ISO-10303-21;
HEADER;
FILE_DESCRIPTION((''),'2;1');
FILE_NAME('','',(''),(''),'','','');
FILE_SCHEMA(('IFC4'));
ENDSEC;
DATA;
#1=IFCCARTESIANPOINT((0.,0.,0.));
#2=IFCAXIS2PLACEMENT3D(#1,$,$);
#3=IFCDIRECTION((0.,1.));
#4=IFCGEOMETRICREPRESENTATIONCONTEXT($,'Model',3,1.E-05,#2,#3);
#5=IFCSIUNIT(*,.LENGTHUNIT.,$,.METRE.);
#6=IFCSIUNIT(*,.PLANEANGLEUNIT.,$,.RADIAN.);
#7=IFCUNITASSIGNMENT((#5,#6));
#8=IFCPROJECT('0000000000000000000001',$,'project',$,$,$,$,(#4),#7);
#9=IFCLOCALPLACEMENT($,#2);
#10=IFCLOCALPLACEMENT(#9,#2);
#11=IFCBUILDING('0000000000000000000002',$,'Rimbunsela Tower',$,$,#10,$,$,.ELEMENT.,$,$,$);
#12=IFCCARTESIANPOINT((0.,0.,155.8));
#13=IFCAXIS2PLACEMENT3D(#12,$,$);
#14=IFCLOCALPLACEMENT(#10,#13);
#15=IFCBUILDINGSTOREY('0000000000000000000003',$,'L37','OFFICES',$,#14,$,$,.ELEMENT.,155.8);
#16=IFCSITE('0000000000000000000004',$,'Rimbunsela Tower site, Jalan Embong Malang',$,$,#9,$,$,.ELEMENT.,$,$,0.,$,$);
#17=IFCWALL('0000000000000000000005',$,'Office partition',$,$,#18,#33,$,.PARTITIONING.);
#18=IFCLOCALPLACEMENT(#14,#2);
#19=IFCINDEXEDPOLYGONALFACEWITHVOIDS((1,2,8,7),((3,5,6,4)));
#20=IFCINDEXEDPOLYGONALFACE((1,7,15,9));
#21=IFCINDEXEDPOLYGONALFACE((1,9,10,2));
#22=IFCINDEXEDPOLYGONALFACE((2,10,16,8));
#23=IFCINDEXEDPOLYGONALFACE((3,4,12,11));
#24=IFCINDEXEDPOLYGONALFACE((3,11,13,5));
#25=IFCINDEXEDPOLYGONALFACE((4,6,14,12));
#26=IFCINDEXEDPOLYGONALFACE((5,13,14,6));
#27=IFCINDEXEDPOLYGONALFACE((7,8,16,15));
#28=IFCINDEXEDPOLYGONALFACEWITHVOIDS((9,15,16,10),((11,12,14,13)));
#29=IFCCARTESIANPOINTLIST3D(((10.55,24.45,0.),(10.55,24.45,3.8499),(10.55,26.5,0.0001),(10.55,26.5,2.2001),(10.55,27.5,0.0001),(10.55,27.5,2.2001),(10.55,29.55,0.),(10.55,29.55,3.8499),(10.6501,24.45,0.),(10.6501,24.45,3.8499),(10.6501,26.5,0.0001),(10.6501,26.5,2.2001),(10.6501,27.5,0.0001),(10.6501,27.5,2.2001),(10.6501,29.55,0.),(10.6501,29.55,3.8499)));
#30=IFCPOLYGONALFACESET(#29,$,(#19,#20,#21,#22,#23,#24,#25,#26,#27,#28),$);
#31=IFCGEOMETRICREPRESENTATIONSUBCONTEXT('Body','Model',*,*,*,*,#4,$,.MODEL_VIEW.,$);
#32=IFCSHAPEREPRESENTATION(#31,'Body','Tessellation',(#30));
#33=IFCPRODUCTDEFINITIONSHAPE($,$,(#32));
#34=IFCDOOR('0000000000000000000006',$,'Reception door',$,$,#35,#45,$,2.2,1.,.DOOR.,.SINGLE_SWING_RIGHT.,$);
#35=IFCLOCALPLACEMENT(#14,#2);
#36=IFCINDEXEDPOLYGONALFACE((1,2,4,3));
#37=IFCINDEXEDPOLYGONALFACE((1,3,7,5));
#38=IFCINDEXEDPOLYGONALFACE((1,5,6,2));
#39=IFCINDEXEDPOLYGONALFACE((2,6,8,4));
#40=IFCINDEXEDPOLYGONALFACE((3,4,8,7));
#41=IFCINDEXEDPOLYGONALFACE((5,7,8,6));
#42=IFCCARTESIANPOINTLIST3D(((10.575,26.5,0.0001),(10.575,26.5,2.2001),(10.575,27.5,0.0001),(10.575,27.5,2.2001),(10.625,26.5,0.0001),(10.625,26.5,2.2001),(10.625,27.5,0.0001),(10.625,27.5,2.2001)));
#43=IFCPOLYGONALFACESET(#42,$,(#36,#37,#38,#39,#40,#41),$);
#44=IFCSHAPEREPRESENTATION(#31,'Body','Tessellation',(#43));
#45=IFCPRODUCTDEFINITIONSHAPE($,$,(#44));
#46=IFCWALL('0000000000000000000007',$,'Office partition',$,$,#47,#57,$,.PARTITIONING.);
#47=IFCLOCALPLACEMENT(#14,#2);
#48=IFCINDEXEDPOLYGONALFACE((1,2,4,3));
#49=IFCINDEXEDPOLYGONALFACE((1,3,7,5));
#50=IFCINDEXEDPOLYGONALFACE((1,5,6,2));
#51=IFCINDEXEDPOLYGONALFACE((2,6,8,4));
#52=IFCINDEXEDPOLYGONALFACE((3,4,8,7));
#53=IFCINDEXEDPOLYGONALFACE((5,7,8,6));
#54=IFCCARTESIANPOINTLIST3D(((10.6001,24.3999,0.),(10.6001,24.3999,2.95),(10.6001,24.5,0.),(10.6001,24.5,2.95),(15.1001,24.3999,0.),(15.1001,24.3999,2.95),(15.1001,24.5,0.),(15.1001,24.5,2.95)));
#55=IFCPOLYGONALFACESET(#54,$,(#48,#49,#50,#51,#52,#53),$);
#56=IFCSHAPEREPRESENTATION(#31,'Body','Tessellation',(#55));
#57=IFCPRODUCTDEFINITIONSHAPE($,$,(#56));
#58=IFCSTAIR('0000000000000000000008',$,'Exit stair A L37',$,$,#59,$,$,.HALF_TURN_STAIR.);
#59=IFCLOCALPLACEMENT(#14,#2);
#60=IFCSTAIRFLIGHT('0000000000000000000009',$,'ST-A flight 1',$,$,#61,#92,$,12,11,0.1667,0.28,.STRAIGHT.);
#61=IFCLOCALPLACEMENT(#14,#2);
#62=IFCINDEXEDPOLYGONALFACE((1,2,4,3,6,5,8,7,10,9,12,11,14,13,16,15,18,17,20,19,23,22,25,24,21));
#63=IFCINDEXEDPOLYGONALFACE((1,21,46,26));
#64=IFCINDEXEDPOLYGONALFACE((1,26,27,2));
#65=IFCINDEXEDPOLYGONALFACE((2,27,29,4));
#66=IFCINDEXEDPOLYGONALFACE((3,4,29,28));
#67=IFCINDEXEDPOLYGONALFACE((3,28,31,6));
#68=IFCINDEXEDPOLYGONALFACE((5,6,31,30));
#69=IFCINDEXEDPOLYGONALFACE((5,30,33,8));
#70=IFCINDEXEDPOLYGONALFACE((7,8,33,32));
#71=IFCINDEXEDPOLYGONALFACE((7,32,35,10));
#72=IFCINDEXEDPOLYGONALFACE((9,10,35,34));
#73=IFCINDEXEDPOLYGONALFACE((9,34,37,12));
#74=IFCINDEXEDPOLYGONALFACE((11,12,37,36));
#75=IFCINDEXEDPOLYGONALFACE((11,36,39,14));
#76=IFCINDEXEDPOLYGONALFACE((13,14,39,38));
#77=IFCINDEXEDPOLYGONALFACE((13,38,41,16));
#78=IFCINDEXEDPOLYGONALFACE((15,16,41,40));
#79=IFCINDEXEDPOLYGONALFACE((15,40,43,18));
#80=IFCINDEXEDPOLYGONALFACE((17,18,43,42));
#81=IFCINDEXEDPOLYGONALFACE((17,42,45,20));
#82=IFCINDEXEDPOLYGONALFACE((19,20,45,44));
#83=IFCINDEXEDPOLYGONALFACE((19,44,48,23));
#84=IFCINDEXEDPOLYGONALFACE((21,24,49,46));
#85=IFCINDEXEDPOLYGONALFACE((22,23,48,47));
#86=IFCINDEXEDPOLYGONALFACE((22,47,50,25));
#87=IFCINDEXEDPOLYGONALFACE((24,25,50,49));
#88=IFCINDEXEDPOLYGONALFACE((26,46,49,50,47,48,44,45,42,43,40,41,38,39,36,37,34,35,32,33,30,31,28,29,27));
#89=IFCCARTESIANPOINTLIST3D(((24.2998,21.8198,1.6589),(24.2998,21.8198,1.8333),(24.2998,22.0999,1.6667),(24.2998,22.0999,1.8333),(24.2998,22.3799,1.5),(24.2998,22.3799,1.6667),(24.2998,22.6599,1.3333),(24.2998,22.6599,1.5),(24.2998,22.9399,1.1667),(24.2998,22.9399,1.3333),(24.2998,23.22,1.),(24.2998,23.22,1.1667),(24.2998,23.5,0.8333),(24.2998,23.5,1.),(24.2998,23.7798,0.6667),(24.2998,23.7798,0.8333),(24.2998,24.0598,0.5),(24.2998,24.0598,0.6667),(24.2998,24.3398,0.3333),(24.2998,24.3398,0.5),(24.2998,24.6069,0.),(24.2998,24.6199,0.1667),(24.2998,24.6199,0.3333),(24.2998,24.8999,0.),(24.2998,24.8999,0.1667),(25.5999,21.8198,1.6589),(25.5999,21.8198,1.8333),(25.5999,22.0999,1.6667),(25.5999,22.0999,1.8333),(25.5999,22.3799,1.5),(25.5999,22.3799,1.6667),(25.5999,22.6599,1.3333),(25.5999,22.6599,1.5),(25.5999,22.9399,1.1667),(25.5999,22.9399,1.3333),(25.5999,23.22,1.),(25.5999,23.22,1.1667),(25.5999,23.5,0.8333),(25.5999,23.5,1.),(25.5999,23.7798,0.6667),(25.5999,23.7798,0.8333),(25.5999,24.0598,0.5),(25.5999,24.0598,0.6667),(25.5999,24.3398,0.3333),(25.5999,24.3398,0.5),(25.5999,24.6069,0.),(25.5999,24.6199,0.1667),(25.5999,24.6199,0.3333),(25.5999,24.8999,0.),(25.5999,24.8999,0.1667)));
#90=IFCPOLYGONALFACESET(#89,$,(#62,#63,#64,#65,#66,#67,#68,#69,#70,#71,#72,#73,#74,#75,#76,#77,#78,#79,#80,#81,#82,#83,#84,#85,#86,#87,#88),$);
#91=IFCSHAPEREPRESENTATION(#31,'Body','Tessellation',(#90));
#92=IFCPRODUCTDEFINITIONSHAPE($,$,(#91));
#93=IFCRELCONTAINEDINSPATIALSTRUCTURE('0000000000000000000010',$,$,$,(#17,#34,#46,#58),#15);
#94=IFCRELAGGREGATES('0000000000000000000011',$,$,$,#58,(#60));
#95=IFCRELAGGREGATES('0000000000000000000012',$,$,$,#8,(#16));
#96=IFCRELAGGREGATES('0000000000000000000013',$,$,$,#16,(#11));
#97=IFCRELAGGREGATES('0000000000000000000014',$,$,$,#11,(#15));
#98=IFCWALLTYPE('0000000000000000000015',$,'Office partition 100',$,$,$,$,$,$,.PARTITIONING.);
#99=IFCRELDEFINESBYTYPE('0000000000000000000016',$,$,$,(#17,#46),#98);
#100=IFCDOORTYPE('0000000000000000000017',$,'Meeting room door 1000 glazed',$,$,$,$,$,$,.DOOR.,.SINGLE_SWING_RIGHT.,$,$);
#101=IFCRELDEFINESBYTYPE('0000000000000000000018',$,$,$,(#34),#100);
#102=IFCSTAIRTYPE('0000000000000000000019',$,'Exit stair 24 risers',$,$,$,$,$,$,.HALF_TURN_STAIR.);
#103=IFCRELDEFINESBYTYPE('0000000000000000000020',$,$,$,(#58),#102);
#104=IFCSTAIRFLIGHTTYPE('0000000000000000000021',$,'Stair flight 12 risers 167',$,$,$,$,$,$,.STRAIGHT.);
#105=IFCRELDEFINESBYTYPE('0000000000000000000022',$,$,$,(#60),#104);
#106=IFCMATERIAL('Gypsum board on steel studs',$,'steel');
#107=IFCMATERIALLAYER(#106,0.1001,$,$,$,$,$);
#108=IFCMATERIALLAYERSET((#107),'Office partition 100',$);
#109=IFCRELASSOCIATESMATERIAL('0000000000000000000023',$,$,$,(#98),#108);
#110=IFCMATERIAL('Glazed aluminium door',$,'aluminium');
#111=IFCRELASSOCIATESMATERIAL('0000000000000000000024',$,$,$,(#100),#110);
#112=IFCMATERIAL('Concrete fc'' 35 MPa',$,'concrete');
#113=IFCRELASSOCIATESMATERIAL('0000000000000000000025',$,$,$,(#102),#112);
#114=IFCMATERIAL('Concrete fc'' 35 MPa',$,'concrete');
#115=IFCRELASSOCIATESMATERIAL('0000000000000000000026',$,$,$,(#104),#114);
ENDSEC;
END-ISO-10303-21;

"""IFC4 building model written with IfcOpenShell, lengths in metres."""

from ifc_helpers import new_model, si_unit, direction, frame, frame_2d, origin, place, context, subcontext, project, spatial, polyline, rectangle, outline, extrude, material, layer, layer_set, type_object, element, fill, aggregate, save


model = new_model("IFC4")

# Units and contexts
model_context = context("Model", 3, precision=1e-05, world=origin(), true_north=direction((0.0, 1.0)))
body_context = subcontext(model_context, "Body", "Model", "MODEL_VIEW")
ifc_project = project(units=[si_unit("LENGTHUNIT", "METRE"), si_unit("PLANEANGLEUNIT", "RADIAN")], contexts=[model_context])

# Site, building, storey
site_placement = place(None, origin())
site = spatial("IfcSite", under=ifc_project, at=site_placement, Name="Rimbunsela Tower site, Jalan Embong Malang", CompositionType="ELEMENT", RefElevation=0.0)
building_placement = place(site_placement, origin())
building = spatial("IfcBuilding", under=site, at=building_placement, Name="Rimbunsela Tower", CompositionType="ELEMENT")
storey_placement = place(building_placement, frame((0.0, 0.0, 155.8)))
storey = spatial("IfcBuildingStorey", under=building, at=storey_placement, Name="L37", Description="OFFICES", CompositionType="ELEMENT", Elevation=155.8)

# Shared definitions
ifc_material_1 = material(Name="Gypsum board on steel studs", Category="steel")
ifc_layer_1 = layer(ifc_material_1, 0.1001)
ifc_layer_set_1 = layer_set([ifc_layer_1], Name="Office partition 100")
wall_type_1 = type_object("IfcWallType", Name="Office partition 100", PredefinedType="PARTITIONING", material=ifc_layer_set_1)

# Wall, opening, door
wall_1_placement = place(storey_placement, frame((10.6001, 29.55, 0.0), z_axis=(0.0, 0.0, 1.0), x_axis=(0.0, -1.0, 0.0)))
wall_1 = element("IfcWall", 1, at=wall_1_placement, inside=storey, type_object=wall_type_1, Name="Office partition", PredefinedType="PARTITIONING", context=body_context, shape_type="SweptSolid", body=[
    extrude(rectangle(XDim=5.1001, YDim=0.1001, at=frame_2d((2.55, 0.0))), origin(), (0.0, 0.0, 1.0), 3.8499),
])
opening_1_placement = place(wall_1_placement, frame((2.05, 0.0, 0.0)))
opening_1 = element("IfcOpeningElement", 2, at=opening_1_placement, cuts=wall_1, PredefinedType="OPENING", context=body_context, shape_type="SweptSolid", body=[
    extrude(rectangle(XDim=1.0, YDim=2.2, at=frame_2d((0.5, 1.1001))), frame((0.0, 0.0601, 0.0), z_axis=(0.0, -1.0, 0.0), x_axis=(1.0, 0.0, 0.0)), (0.0, 0.0, 1.0), 0.1201),
])
ifc_material_2 = material(Name="Glazed aluminium door", Category="aluminium")
door_type_1 = type_object("IfcDoorType", Name="Meeting room door 1000 glazed", OperationType="SINGLE_SWING_RIGHT", PredefinedType="DOOR", material=ifc_material_2)
door_1_placement = place(opening_1_placement, origin())
door_1 = element("IfcDoor", 3, at=door_1_placement, inside=storey, type_object=door_type_1, Name="Reception door", OperationType="SINGLE_SWING_RIGHT", OverallHeight=2.2, OverallWidth=1.0, PredefinedType="DOOR", context=body_context, shape_type="SweptSolid", body=[
    extrude(rectangle(XDim=1.0, YDim=2.2, at=frame_2d((0.5, 1.1001))), frame((0.0, 0.0249, 0.0), z_axis=(0.0, -1.0, 0.0), x_axis=(1.0, 0.0, 0.0)), (0.0, 0.0, 1.0), 0.05),
])
fill(opening_1, door_1)

# Wall
wall_2_placement = place(storey_placement, frame((10.6001, 24.45, 0.0), z_axis=(0.0, 0.0, 1.0), x_axis=(1.0, 0.0, 0.0)))
element("IfcWall", 4, at=wall_2_placement, inside=storey, type_object=wall_type_1, Name="Office partition", PredefinedType="PARTITIONING", context=body_context, shape_type="SweptSolid", body=[
    extrude(rectangle(XDim=4.5, YDim=0.1001, at=frame_2d((2.25, 0.0))), origin(), (0.0, 0.0, 1.0), 2.95),
])

# Stair, stair flight
ifc_material_3 = material(Name="Concrete fc' 35 MPa", Category="concrete")
stair_type = type_object("IfcStairType", Name="Exit stair 24 risers", PredefinedType="HALF_TURN_STAIR", material=ifc_material_3)
stair_placement = place(storey_placement, origin())
stair = element("IfcStair", 5, at=stair_placement, inside=storey, type_object=stair_type, Name="Exit stair A L37", PredefinedType="HALF_TURN_STAIR")
ifc_material_4 = material(Name="Concrete fc' 35 MPa", Category="concrete")
stair_flight_type = type_object("IfcStairFlightType", Name="Stair flight 12 risers 167", PredefinedType="STRAIGHT", material=ifc_material_4)
stair_flight_placement = place(storey_placement, frame((24.95, 24.8999, 0.0), z_axis=(0.0, 0.0, 1.0), x_axis=(0.0, -1.0, 0.0)))
stair_flight = element("IfcStairFlight", 6, at=stair_flight_placement, type_object=stair_flight_type, Name="ST-A flight 1", NumberOfRisers=12, NumberOfTreads=11, PredefinedType="STRAIGHT", RiserHeight=0.1667, TreadLength=0.28, context=body_context, shape_type="SweptSolid", body=[
    extrude(outline(polyline([(0.0, 0.0), (0.0, 0.1667), (0.28, 0.1667), (0.28, 0.3333), (0.5601, 0.3333), (0.5601, 0.5), (0.8401, 0.5), (0.8401, 0.6667), (1.1201, 0.6667), (1.1201, 0.8333), (1.3999, 0.8333), (1.3999, 1.0), (1.6799, 1.0), (1.6799, 1.1667), (1.96, 1.1667), (1.96, 1.3333), (2.24, 1.3333), (2.24, 1.5), (2.52, 1.5), (2.52, 1.6667), (2.8, 1.6667), (2.8, 1.8333), (3.0801, 1.8333), (3.0801, 2.0), (3.0801, 1.6589), (0.293, 0.0), (0.0, 0.0)])), frame((0.0, 0.6499, 0.0), z_axis=(0.0, -1.0, 0.0), x_axis=(1.0, 0.0, 0.0)), (0.0, 0.0, 1.0), 1.3),
])
aggregate(stair, [stair_flight])

save(model, "model.ifc")
